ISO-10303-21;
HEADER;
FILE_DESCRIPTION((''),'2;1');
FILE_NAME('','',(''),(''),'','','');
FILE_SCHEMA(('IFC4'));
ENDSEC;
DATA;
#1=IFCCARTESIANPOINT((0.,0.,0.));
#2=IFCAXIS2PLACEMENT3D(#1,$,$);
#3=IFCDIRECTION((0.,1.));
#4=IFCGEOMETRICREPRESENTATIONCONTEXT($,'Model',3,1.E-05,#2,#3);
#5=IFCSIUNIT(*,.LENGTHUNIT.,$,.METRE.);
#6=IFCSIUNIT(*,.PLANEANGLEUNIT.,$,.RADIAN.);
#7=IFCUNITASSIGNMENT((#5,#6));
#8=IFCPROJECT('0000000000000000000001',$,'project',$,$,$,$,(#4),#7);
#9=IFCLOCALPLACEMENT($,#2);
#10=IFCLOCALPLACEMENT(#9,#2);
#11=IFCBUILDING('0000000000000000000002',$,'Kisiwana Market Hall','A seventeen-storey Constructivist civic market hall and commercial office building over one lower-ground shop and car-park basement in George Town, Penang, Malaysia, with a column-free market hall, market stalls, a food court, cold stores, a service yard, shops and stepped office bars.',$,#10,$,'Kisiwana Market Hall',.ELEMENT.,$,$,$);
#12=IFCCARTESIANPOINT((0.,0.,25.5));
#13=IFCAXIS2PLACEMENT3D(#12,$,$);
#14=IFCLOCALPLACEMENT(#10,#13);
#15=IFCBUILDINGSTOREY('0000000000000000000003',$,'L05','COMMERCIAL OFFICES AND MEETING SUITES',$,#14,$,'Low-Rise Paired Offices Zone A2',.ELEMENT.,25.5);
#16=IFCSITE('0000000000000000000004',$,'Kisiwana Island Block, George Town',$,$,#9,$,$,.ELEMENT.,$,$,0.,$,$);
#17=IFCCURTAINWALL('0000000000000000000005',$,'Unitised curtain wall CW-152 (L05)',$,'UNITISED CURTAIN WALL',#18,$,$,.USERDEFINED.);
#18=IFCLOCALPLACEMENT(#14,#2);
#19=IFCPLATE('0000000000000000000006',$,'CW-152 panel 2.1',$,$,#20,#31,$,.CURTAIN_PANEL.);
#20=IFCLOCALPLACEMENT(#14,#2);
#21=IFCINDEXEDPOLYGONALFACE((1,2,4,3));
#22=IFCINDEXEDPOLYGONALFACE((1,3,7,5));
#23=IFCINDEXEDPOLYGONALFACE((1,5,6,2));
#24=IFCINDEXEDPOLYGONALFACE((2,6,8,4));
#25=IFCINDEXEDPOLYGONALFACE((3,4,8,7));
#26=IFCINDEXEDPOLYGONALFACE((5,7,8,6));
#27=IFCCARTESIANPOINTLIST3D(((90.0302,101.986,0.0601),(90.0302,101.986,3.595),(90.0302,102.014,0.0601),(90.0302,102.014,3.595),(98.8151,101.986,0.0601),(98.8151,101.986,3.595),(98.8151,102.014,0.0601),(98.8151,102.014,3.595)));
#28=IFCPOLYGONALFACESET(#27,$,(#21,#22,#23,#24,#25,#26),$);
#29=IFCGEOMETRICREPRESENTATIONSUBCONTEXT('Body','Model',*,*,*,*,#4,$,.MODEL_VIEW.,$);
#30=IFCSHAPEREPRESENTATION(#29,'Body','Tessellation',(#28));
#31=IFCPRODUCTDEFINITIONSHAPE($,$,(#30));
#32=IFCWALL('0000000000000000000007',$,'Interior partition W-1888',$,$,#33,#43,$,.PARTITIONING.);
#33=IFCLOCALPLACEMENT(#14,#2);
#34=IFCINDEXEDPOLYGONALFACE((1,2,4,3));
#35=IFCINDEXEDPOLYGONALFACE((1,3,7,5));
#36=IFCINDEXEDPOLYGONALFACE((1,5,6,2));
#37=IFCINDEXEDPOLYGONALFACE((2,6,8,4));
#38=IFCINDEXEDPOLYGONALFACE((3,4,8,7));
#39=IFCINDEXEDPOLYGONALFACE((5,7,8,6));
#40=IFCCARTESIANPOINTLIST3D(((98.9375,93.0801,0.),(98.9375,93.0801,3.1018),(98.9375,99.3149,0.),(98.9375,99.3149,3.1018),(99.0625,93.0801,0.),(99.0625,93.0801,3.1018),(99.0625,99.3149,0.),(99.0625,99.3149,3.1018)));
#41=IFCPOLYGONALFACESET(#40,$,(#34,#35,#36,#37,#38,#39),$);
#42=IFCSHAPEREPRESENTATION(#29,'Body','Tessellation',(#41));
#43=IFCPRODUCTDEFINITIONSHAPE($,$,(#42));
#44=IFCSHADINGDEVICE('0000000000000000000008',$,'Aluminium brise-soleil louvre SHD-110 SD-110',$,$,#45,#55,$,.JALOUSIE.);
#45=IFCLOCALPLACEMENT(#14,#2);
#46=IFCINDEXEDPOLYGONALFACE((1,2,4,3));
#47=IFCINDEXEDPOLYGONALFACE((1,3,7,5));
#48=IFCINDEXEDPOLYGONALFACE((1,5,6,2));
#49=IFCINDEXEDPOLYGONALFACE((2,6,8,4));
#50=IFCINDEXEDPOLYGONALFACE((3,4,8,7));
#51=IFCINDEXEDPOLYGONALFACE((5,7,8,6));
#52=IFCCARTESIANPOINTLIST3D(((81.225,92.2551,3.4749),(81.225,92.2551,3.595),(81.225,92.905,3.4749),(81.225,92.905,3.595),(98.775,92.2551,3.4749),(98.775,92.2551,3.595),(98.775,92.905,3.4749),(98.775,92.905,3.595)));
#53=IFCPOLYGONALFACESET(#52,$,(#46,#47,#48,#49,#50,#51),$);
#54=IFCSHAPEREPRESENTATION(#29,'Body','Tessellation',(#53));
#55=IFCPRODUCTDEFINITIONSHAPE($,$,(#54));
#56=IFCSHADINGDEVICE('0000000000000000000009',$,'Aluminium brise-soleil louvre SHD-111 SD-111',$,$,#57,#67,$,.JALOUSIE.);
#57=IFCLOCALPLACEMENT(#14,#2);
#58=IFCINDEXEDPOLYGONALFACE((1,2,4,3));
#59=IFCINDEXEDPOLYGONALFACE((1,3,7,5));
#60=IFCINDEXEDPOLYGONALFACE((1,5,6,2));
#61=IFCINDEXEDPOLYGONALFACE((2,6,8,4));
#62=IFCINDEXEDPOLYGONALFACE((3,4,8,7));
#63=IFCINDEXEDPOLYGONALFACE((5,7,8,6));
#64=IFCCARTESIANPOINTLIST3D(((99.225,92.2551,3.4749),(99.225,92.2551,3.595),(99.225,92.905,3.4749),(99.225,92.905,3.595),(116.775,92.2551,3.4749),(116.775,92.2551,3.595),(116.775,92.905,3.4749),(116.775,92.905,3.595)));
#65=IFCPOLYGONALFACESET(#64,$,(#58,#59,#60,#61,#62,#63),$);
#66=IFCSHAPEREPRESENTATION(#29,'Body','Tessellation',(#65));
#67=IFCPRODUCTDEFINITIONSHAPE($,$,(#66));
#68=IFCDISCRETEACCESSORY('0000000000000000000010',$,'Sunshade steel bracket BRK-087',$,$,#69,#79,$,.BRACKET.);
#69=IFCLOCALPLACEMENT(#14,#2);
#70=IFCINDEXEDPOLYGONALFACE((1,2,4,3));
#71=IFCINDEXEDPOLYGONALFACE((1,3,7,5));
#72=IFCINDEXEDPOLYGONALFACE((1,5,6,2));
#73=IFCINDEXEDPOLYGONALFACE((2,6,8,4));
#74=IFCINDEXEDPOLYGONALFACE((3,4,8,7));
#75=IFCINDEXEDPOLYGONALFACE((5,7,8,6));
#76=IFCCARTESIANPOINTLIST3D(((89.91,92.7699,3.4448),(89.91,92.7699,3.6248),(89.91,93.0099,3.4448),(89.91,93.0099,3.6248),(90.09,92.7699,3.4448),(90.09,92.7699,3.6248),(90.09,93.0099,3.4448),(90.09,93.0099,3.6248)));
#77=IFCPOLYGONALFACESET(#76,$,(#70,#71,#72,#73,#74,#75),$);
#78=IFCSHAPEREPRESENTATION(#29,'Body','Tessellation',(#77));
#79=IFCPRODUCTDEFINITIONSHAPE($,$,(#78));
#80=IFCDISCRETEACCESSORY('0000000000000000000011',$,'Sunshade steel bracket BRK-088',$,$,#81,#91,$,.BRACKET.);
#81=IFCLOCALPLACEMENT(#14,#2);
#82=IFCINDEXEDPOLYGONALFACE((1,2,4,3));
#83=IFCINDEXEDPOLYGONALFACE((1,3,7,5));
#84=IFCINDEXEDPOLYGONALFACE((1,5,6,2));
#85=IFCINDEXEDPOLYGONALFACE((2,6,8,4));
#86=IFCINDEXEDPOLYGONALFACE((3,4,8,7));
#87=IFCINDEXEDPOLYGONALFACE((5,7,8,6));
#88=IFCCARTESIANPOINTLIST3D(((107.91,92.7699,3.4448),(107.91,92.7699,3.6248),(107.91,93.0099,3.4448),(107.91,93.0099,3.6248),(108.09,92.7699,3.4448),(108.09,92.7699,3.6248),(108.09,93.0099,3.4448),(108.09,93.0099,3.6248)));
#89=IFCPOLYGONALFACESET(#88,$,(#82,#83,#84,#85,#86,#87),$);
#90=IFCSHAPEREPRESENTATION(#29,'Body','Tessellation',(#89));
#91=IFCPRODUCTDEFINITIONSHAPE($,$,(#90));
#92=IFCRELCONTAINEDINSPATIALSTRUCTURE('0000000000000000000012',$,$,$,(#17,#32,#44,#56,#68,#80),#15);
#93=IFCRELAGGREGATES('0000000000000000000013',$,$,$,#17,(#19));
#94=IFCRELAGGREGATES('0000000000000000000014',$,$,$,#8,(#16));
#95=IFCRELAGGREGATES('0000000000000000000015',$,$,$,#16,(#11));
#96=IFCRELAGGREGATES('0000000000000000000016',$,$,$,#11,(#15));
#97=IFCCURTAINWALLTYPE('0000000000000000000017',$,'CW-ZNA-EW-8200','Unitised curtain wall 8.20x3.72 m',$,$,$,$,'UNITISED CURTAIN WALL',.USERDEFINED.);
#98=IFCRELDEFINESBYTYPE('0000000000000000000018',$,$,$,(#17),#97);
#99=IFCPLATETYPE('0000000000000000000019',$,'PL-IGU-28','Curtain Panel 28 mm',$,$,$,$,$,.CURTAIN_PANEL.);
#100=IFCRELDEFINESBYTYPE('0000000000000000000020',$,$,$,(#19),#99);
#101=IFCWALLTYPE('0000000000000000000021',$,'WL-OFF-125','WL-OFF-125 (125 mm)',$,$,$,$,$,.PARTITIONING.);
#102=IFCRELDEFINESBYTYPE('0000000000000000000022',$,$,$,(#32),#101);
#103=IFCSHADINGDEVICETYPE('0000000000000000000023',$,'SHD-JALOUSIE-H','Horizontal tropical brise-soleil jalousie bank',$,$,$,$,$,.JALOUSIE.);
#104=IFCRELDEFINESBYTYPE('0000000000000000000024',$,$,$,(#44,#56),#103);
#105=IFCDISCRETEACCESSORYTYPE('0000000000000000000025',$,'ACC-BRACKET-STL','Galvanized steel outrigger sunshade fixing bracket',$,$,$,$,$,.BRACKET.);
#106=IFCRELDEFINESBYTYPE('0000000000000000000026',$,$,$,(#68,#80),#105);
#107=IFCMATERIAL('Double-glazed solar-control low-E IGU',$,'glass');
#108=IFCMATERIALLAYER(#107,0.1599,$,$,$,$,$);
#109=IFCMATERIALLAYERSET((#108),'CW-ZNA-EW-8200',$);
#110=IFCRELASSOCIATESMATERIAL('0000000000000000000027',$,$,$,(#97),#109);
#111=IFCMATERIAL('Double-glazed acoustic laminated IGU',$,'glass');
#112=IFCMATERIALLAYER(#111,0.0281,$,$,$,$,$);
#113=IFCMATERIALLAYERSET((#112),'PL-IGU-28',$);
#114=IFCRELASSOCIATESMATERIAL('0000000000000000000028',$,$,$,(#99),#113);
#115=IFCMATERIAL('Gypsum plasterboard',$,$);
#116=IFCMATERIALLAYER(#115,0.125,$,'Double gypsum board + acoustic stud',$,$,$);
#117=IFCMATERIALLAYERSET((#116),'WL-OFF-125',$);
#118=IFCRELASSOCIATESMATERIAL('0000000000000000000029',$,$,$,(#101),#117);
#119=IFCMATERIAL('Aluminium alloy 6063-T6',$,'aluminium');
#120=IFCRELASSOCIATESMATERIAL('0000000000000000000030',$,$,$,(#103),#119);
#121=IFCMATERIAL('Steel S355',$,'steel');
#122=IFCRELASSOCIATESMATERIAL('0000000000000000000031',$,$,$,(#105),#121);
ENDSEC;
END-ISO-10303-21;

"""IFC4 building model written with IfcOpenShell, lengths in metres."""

from ifc_helpers import new_model, si_unit, direction, frame, frame_2d, origin, origin_2d, place, context, subcontext, project, spatial, rectangle, extrude, material, layer, layer_set, type_object, element, aggregate, save


model = new_model("IFC4")

# Units and contexts
model_context = context("Model", 3, precision=1e-05, world=origin(), true_north=direction((0.0, 1.0)))
body_context = subcontext(model_context, "Body", "Model", "MODEL_VIEW")
ifc_project = project(units=[si_unit("LENGTHUNIT", "METRE"), si_unit("PLANEANGLEUNIT", "RADIAN")], contexts=[model_context])

# Site, building, storey
site_placement = place(None, origin())
site = spatial("IfcSite", under=ifc_project, at=site_placement, Name="Kisiwana Island Block, George Town", CompositionType="ELEMENT", RefElevation=0.0)
building_placement = place(site_placement, origin())
building = spatial("IfcBuilding", under=site, at=building_placement, Name="Kisiwana Market Hall", Description="A seventeen-storey Constructivist civic market hall and commercial office building over one lower-ground shop and car-park basement in George Town, Penang, Malaysia, with a column-free market hall, market stalls, a food court, cold stores, a service yard, shops and stepped office bars.", LongName="Kisiwana Market Hall", CompositionType="ELEMENT")
storey_placement = place(building_placement, frame((0.0, 0.0, 25.5)))
storey = spatial("IfcBuildingStorey", under=building, at=storey_placement, Name="L05", Description="COMMERCIAL OFFICES AND MEETING SUITES", LongName="Low-Rise Paired Offices Zone A2", CompositionType="ELEMENT", Elevation=25.5)

# Curtain wall
ifc_material_1 = material(Name="Double-glazed solar-control low-E IGU", Category="glass")
ifc_layer_1 = layer(ifc_material_1, 0.1599)
ifc_layer_set_1 = layer_set([ifc_layer_1], Name="CW-ZNA-EW-8200")
curtain_wall_type = type_object("IfcCurtainWallType", Name="CW-ZNA-EW-8200", Description="Unitised curtain wall 8.20x3.72 m", ElementType="UNITISED CURTAIN WALL", PredefinedType="USERDEFINED", material=ifc_layer_set_1)
curtain_wall_1_placement = place(storey_placement, origin())
curtain_wall_1 = element("IfcCurtainWall", 1, at=curtain_wall_1_placement, inside=storey, type_object=curtain_wall_type, Name="Unitised curtain wall CW-152 (L05)", ObjectType="UNITISED CURTAIN WALL", PredefinedType="USERDEFINED")

# Plate
ifc_material_2 = material(Name="Double-glazed acoustic laminated IGU", Category="glass")
ifc_layer_2 = layer(ifc_material_2, 0.0281)
ifc_layer_set_2 = layer_set([ifc_layer_2], Name="PL-IGU-28")
plate_type_1 = type_object("IfcPlateType", Name="PL-IGU-28", Description="Curtain Panel 28 mm", PredefinedType="CURTAIN_PANEL", material=ifc_layer_set_2)
plate_1_placement = place(storey_placement, frame((94.4226, 102.0, 0.0601), z_axis=(0.0, 0.0, 1.0), x_axis=(1.0, 0.0, 0.0)))
plate_1 = element("IfcPlate", 2, at=plate_1_placement, type_object=plate_type_1, Name="CW-152 panel 2.1", PredefinedType="CURTAIN_PANEL", context=body_context, shape_type="SweptSolid", body=[
    extrude(rectangle(XDim=8.7849, YDim=0.0281, at=origin_2d()), origin(), (0.0, 0.0, 1.0), 3.5349),
])
aggregate(curtain_wall_1, [plate_1])

# Wall
ifc_material_3 = material(Name="Gypsum plasterboard")
ifc_layer_3 = layer(ifc_material_3, 0.125, Name="Double gypsum board + acoustic stud")
ifc_layer_set_3 = layer_set([ifc_layer_3], Name="WL-OFF-125")
wall_type = type_object("IfcWallType", Name="WL-OFF-125", Description="WL-OFF-125 (125 mm)", PredefinedType="PARTITIONING", material=ifc_layer_set_3)
wall_placement = place(storey_placement, frame((99.0, 93.0801, 0.0), z_axis=(0.0, 0.0, 1.0), x_axis=(0.0, 1.0, 0.0)))
element("IfcWall", 3, at=wall_placement, inside=storey, type_object=wall_type, Name="Interior partition W-1888", PredefinedType="PARTITIONING", context=body_context, shape_type="SweptSolid", body=[
    extrude(rectangle(XDim=6.2349, YDim=0.125, at=frame_2d((3.1174, 0.0))), origin(), (0.0, 0.0, 1.0), 3.1018),
])

# Shading devices
ifc_material_4 = material(Name="Aluminium alloy 6063-T6", Category="aluminium")
shading_device_type = type_object("IfcShadingDeviceType", Name="SHD-JALOUSIE-H", Description="Horizontal tropical brise-soleil jalousie bank", PredefinedType="JALOUSIE", material=ifc_material_4)
for number, where, z_axis, x_axis, name in (
    (4, (90.0, 92.5801, 3.4749), (0.0, 0.0, 1.0), (1.0, 0.0, 0.0), "Aluminium brise-soleil louvre SHD-110 SD-110"),
    (5, (108.0, 92.5801, 3.4749), (0.0, 0.0, 1.0), (1.0, 0.0, 0.0), "Aluminium brise-soleil louvre SHD-111 SD-111"),
):
    element("IfcShadingDevice", number, at=place(storey_placement, frame(where, z_axis=z_axis, x_axis=x_axis)), inside=storey, type_object=shading_device_type, Name=name, PredefinedType="JALOUSIE", context=body_context, shape_type="SweptSolid", body=[
        extrude(rectangle(XDim=17.55, YDim=0.6499, at=origin_2d()), origin(), (0.0, 0.0, 1.0), 0.1201),
    ])

# Discrete accessories
ifc_material_5 = material(Name="Steel S355", Category="steel")
discrete_accessory_type = type_object("IfcDiscreteAccessoryType", Name="ACC-BRACKET-STL", Description="Galvanized steel outrigger sunshade fixing bracket", PredefinedType="BRACKET", material=ifc_material_5)
for number, where, z_axis, x_axis, name in (
    (6, (90.0, 92.8899, 3.4448), (0.0, 0.0, 1.0), (1.0, 0.0, 0.0), "Sunshade steel bracket BRK-087"),
    (7, (108.0, 92.8899, 3.4448), (0.0, 0.0, 1.0), (1.0, 0.0, 0.0), "Sunshade steel bracket BRK-088"),
):
    element("IfcDiscreteAccessory", number, at=place(storey_placement, frame(where, z_axis=z_axis, x_axis=x_axis)), inside=storey, type_object=discrete_accessory_type, Name=name, PredefinedType="BRACKET", context=body_context, shape_type="SweptSolid", body=[
        extrude(rectangle(XDim=0.1799, YDim=0.24, at=origin_2d()), origin(), (0.0, 0.0, 1.0), 0.1799),
    ])

save(model, "model.ifc")
